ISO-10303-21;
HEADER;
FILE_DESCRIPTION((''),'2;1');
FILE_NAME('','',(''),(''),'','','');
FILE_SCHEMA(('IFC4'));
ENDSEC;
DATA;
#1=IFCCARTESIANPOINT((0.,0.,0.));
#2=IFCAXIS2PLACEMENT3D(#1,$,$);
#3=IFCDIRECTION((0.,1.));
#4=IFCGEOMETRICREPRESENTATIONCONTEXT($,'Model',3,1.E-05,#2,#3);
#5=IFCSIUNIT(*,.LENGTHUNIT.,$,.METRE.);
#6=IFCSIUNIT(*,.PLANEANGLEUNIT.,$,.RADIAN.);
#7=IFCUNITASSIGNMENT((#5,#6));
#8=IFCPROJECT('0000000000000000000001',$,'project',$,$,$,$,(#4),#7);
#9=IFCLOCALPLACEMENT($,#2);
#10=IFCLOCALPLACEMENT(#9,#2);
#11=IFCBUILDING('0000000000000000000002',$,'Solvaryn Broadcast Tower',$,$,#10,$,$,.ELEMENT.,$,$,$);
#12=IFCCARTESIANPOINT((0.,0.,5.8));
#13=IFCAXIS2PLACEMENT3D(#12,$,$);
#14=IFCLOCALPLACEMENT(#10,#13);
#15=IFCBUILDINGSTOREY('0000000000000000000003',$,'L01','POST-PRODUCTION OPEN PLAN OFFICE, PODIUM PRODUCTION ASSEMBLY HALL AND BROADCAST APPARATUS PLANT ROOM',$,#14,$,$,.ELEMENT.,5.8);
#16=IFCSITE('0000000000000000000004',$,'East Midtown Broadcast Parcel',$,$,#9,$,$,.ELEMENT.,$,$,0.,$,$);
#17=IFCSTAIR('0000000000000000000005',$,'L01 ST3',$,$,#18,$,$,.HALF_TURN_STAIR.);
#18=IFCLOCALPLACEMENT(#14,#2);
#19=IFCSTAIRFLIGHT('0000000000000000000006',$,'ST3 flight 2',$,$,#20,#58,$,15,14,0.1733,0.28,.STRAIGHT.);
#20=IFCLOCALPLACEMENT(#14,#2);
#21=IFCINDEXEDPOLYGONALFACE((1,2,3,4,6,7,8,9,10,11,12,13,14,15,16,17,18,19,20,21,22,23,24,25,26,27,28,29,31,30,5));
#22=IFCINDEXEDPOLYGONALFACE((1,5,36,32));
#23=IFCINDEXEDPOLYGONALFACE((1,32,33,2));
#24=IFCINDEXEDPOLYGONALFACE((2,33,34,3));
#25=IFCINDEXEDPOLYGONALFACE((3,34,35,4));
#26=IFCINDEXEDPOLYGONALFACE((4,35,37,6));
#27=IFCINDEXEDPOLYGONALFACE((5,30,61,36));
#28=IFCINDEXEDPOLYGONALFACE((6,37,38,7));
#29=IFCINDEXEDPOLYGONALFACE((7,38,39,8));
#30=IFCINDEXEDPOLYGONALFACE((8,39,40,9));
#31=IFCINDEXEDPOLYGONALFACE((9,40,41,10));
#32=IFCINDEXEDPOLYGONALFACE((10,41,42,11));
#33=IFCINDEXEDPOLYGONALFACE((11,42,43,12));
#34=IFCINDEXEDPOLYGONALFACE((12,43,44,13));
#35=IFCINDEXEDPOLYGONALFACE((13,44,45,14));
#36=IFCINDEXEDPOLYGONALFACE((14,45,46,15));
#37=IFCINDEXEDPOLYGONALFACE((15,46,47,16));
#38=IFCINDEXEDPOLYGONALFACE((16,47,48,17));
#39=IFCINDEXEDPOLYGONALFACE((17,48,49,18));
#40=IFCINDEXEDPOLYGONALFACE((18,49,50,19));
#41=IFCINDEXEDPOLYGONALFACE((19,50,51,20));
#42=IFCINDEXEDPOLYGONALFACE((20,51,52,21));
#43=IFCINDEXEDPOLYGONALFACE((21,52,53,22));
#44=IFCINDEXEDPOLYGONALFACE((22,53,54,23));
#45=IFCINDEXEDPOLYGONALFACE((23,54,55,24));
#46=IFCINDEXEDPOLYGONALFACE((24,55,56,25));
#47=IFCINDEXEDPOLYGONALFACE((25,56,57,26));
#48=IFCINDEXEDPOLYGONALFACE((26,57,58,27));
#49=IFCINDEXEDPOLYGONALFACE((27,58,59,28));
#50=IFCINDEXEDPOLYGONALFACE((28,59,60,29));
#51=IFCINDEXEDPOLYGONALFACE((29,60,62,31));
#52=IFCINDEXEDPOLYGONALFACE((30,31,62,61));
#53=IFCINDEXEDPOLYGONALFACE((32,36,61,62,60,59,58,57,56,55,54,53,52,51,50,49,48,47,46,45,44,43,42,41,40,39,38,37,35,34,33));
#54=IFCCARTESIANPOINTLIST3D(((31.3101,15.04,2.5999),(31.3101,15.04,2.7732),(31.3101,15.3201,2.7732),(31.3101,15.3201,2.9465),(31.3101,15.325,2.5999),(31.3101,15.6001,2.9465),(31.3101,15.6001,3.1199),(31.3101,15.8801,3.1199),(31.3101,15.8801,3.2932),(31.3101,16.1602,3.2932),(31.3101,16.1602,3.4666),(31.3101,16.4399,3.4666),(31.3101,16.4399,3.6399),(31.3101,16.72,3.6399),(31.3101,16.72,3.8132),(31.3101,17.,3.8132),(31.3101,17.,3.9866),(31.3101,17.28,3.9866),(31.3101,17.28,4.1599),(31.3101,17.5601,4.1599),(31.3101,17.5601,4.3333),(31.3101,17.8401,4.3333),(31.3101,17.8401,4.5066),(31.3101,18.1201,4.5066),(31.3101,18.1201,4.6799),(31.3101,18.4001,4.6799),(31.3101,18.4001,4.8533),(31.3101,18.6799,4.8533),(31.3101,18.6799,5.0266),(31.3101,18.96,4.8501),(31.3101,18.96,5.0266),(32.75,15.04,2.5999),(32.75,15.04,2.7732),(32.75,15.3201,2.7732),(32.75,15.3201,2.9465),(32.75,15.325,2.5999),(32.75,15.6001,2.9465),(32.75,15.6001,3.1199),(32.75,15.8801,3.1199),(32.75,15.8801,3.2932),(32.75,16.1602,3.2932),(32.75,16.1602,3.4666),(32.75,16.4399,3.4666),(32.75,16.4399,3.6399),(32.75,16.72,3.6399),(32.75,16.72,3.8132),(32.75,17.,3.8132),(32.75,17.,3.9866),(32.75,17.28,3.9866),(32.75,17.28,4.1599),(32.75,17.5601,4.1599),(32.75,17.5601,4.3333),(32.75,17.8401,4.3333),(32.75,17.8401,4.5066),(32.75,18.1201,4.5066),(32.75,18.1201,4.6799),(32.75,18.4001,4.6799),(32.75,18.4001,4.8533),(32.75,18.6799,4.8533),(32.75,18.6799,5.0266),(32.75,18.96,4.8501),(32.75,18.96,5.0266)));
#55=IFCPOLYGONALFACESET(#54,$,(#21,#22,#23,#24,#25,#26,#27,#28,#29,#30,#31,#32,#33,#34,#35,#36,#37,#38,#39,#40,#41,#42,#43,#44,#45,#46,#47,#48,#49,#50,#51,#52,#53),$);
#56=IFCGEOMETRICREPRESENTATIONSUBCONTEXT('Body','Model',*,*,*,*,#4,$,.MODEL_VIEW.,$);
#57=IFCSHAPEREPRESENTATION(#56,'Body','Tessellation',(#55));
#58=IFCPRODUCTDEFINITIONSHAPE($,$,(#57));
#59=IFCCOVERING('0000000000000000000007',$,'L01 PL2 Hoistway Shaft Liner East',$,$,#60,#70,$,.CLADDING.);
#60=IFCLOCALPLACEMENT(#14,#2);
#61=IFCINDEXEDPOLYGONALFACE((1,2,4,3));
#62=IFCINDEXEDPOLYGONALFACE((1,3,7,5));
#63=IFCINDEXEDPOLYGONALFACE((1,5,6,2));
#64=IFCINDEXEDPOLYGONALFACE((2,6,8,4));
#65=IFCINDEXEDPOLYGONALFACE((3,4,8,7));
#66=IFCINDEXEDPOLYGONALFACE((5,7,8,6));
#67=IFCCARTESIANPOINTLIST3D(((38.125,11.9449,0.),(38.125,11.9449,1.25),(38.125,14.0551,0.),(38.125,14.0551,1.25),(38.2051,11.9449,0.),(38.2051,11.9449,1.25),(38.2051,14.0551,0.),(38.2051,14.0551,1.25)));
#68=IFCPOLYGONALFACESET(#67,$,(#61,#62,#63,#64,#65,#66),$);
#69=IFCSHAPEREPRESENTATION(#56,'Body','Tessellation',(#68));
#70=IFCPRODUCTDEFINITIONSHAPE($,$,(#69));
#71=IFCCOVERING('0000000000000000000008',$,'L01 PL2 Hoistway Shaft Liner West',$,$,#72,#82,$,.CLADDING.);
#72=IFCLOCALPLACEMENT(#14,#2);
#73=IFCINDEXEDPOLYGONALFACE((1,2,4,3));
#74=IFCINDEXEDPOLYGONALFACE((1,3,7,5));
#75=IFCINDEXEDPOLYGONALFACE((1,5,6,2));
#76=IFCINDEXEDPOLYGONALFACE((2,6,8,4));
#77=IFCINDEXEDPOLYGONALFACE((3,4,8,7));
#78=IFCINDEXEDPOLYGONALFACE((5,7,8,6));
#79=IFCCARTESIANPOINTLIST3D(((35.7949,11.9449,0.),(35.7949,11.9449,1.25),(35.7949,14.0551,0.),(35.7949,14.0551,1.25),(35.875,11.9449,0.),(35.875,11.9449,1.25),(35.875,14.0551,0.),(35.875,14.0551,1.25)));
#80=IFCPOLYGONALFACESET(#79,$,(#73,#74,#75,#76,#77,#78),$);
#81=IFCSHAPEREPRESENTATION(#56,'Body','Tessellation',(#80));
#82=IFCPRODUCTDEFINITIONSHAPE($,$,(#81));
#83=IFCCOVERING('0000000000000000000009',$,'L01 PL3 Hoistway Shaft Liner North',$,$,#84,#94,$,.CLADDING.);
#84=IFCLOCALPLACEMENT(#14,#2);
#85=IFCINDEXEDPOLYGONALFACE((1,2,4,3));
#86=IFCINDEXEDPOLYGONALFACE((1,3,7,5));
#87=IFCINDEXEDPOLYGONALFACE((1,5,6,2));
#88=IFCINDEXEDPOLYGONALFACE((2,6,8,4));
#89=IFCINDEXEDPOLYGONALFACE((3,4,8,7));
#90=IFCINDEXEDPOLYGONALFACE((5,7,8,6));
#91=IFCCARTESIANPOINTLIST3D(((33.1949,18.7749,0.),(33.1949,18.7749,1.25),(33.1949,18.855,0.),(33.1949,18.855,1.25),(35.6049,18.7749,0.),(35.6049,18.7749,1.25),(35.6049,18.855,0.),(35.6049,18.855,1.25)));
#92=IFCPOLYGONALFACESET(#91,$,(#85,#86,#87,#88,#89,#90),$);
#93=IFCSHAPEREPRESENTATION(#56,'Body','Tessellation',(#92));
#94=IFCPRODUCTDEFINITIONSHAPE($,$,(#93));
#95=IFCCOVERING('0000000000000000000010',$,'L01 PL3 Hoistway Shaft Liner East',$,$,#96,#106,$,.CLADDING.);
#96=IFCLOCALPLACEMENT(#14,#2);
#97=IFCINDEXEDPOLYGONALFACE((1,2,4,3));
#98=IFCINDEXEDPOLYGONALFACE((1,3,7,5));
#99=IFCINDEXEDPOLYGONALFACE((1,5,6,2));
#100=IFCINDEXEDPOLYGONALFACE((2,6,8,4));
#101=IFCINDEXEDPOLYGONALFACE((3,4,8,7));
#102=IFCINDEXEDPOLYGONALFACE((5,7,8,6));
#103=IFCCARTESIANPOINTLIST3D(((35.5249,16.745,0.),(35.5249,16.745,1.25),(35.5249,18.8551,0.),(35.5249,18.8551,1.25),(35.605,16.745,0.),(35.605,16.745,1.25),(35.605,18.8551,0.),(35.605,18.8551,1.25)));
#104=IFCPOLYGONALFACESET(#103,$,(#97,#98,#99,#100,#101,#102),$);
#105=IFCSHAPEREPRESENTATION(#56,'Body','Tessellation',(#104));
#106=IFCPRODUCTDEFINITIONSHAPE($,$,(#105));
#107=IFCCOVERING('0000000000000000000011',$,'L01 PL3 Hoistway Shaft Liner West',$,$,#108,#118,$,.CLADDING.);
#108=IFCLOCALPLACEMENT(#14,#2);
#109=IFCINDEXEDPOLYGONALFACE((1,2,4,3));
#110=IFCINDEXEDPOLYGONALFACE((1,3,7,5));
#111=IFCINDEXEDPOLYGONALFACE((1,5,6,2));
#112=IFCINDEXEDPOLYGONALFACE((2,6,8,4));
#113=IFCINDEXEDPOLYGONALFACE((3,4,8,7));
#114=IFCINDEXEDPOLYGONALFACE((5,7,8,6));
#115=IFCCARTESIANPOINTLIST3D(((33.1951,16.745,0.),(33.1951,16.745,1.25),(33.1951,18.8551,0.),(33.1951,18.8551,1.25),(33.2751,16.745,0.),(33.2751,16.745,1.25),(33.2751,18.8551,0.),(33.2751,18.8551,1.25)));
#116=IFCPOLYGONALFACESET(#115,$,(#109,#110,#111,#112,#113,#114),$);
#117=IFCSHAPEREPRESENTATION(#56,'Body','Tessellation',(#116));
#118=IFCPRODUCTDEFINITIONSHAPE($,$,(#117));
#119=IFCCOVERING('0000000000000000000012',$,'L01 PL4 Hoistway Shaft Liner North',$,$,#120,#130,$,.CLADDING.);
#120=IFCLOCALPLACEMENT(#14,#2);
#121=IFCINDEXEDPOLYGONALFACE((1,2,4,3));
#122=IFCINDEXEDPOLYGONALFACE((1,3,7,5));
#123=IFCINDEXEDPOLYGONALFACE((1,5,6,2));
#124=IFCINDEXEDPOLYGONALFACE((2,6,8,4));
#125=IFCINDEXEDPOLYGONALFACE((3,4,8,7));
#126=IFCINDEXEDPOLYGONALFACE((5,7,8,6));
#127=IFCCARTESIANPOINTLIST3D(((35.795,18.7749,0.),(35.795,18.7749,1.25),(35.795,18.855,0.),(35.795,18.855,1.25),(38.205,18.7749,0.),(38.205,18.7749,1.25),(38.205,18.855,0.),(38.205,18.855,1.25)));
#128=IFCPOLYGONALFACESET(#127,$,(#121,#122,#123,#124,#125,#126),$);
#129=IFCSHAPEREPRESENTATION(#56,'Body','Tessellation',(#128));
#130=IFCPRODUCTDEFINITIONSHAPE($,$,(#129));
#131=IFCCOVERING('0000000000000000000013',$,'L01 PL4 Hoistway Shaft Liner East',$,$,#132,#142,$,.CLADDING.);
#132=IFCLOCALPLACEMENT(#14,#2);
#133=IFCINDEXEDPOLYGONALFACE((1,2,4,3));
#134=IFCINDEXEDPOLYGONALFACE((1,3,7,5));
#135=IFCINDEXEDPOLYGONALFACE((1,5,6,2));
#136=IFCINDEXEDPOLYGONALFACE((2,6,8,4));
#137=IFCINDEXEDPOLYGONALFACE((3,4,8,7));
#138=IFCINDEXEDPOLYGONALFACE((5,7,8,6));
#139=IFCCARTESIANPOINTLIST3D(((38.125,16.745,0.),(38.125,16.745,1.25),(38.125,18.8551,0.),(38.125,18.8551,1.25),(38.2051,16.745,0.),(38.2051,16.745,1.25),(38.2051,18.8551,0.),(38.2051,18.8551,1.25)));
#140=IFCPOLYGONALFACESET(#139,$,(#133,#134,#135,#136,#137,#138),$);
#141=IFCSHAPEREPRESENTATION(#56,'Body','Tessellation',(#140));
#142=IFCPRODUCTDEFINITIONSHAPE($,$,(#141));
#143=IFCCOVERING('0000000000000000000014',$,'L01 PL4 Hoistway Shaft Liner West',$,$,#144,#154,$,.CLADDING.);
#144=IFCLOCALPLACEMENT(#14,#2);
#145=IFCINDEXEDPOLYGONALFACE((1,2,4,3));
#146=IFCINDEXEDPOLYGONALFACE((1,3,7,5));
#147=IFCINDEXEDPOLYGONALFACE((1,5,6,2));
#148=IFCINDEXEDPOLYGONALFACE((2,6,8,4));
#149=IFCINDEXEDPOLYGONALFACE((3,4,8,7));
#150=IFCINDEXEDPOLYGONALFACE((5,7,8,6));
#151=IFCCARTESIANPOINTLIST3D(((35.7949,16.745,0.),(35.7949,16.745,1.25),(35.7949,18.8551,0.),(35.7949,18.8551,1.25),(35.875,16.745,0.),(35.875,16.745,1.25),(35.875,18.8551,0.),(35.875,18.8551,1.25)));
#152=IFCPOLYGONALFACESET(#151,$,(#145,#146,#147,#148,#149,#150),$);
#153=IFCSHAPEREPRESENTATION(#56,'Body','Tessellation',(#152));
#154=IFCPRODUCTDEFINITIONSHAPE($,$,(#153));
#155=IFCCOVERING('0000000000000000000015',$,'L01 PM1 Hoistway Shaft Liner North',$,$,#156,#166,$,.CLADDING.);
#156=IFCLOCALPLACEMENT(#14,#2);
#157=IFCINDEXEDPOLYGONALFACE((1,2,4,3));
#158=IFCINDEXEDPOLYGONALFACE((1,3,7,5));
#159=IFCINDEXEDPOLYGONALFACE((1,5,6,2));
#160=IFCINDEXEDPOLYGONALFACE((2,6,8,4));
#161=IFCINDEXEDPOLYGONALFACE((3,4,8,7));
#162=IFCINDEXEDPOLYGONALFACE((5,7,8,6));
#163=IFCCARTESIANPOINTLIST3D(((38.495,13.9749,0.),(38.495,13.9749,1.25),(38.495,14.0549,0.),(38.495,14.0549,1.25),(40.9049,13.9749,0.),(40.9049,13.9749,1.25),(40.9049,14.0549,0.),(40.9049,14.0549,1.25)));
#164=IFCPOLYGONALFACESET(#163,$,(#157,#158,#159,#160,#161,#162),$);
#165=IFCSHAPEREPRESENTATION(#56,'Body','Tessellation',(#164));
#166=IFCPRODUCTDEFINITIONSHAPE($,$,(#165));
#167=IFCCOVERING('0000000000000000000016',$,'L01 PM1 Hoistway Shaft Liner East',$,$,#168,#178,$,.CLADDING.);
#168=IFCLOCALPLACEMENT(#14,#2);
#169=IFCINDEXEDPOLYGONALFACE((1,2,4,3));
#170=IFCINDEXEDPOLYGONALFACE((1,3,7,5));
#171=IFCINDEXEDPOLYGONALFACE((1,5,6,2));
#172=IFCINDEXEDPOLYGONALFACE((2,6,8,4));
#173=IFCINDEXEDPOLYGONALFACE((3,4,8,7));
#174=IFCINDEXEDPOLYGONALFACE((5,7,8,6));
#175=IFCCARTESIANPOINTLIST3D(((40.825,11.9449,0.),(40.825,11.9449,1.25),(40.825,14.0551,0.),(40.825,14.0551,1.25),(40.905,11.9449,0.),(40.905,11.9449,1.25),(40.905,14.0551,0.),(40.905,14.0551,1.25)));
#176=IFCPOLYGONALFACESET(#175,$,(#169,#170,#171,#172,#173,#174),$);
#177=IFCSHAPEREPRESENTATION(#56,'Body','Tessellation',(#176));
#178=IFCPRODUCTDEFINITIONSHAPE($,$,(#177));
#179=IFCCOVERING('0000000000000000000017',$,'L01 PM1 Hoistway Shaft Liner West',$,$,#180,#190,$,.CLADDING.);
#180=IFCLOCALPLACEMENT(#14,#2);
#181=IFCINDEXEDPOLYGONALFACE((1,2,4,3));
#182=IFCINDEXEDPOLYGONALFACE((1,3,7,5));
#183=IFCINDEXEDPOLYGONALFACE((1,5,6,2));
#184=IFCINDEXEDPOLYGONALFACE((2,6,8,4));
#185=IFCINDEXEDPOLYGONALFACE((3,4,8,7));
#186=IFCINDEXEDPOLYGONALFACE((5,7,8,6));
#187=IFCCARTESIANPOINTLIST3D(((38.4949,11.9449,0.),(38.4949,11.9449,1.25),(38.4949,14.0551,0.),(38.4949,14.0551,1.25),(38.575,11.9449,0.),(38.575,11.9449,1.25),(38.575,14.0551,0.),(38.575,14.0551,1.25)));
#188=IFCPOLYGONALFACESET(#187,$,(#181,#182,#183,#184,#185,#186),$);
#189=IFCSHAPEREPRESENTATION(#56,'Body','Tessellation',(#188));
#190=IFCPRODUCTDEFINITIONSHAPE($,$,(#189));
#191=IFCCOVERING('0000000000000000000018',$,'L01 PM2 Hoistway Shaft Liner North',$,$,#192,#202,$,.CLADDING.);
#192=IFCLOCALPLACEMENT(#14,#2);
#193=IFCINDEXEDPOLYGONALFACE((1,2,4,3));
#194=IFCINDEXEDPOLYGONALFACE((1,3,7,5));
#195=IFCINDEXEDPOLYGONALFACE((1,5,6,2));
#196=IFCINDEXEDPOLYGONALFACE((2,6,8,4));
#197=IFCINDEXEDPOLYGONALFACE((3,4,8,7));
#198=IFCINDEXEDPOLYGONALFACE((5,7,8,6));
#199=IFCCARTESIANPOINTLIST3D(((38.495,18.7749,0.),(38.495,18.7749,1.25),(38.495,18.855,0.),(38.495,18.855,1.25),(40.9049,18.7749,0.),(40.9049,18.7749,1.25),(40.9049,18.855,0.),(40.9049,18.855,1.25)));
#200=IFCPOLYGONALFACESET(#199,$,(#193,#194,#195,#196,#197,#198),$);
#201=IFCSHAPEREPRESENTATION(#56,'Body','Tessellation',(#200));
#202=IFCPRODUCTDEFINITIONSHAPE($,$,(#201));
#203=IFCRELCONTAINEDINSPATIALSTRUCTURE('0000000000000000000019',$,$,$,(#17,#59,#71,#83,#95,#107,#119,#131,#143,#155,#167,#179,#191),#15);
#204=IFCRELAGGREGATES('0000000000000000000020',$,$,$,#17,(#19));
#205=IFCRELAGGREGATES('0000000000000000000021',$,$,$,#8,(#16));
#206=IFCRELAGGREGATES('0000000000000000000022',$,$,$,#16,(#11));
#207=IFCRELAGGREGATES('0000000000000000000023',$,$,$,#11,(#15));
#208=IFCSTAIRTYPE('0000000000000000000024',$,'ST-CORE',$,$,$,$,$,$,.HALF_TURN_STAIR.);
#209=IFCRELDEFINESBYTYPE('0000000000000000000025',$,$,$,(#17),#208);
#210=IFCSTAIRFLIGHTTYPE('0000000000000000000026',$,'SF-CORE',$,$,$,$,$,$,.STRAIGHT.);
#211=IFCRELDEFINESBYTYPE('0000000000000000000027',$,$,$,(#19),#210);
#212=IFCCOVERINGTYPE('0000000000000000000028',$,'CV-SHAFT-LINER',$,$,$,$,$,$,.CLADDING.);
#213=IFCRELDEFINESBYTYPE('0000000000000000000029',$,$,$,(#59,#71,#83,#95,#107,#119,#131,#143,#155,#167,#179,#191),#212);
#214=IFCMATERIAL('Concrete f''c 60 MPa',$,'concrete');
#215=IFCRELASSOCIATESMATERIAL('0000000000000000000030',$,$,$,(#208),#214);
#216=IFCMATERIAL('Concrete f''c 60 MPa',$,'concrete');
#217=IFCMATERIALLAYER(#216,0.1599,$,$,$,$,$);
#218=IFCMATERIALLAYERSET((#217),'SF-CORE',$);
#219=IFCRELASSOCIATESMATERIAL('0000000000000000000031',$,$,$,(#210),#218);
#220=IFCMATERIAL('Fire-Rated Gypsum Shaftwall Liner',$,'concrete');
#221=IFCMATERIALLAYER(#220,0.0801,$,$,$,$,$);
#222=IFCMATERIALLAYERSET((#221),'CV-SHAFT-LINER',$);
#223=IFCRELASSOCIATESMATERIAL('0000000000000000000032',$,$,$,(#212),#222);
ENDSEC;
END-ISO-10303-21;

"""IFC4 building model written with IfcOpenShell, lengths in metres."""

from ifc_helpers import new_model, si_unit, direction, frame, origin, origin_2d, place, context, subcontext, project, spatial, polyline, rectangle, outline, extrude, material, layer, layer_set, type_object, element, aggregate, save


model = new_model("IFC4")

# Units and contexts
model_context = context("Model", 3, precision=1e-05, world=origin(), true_north=direction((0.0, 1.0)))
body_context = subcontext(model_context, "Body", "Model", "MODEL_VIEW")
ifc_project = project(units=[si_unit("LENGTHUNIT", "METRE"), si_unit("PLANEANGLEUNIT", "RADIAN")], contexts=[model_context])

# Site, building, storey
site_placement = place(None, origin())
site = spatial("IfcSite", under=ifc_project, at=site_placement, Name="East Midtown Broadcast Parcel", CompositionType="ELEMENT", RefElevation=0.0)
building_placement = place(site_placement, origin())
building = spatial("IfcBuilding", under=site, at=building_placement, Name="Solvaryn Broadcast Tower", CompositionType="ELEMENT")
storey_placement = place(building_placement, frame((0.0, 0.0, 5.8)))
storey = spatial("IfcBuildingStorey", under=building, at=storey_placement, Name="L01", Description="POST-PRODUCTION OPEN PLAN OFFICE, PODIUM PRODUCTION ASSEMBLY HALL AND BROADCAST APPARATUS PLANT ROOM", CompositionType="ELEMENT", Elevation=5.8)

# Stair, stair flight
ifc_material_1 = material(Name="Concrete f'c 60 MPa", Category="concrete")
stair_type = type_object("IfcStairType", Name="ST-CORE", PredefinedType="HALF_TURN_STAIR", material=ifc_material_1)
stair_placement = place(storey_placement, origin())
stair = element("IfcStair", 1, at=stair_placement, inside=storey, type_object=stair_type, Name="L01 ST3", PredefinedType="HALF_TURN_STAIR")
ifc_material_2 = material(Name="Concrete f'c 60 MPa", Category="concrete")
ifc_layer_1 = layer(ifc_material_2, 0.1599)
ifc_layer_set_1 = layer_set([ifc_layer_1], Name="SF-CORE")
stair_flight_type = type_object("IfcStairFlightType", Name="SF-CORE", PredefinedType="STRAIGHT", material=ifc_layer_set_1)
stair_flight_1_placement = place(storey_placement, frame((32.03, 15.04, 2.5999), z_axis=(0.0, 0.0, 1.0), x_axis=(0.0, 1.0, 0.0)))
stair_flight_1 = element("IfcStairFlight", 2, at=stair_flight_1_placement, type_object=stair_flight_type, Name="ST3 flight 2", NumberOfRisers=15, NumberOfTreads=14, PredefinedType="STRAIGHT", RiserHeight=0.1733, TreadLength=0.28, context=body_context, shape_type="SweptSolid", body=[
    extrude(outline(polyline([(0.0, 0.0), (0.0, 0.1733), (0.28, 0.1733), (0.28, 0.3467), (0.5601, 0.3467), (0.5601, 0.52), (0.8401, 0.52), (0.8401, 0.6934), (1.1201, 0.6934), (1.1201, 0.8667), (1.3999, 0.8667), (1.3999, 1.04), (1.6799, 1.04), (1.6799, 1.2134), (1.96, 1.2134), (1.96, 1.3867), (2.24, 1.3867), (2.24, 1.5601), (2.52, 1.5601), (2.52, 1.7334), (2.8, 1.7334), (2.8, 1.9067), (3.0801, 1.9067), (3.0801, 2.0801), (3.3601, 2.0801), (3.3601, 2.2534), (3.6399, 2.2534), (3.6399, 2.4268), (3.9199, 2.4268), (3.9199, 2.6001), (3.9199, 2.2502), (0.2849, 0.0), (0.0, 0.0)])), frame((0.0, 0.72, 0.0), z_axis=(0.0, -1.0, 0.0), x_axis=(1.0, 0.0, 0.0)), (0.0, 0.0, 1.0), 1.4399),
])
aggregate(stair, [stair_flight_1])

# Coverings
ifc_material_3 = material(Name="Fire-Rated Gypsum Shaftwall Liner", Category="concrete")
ifc_layer_2 = layer(ifc_material_3, 0.0801)
ifc_layer_set_2 = layer_set([ifc_layer_2], Name="CV-SHAFT-LINER")
covering_type = type_object("IfcCoveringType", Name="CV-SHAFT-LINER", PredefinedType="CLADDING", material=ifc_layer_set_2)
for number, where, z_axis, x_axis, name in (
    (3, (38.165, 13.0, 0.0), (0.0, 0.0, 1.0), (1.0, 0.0, 0.0), "L01 PL2 Hoistway Shaft Liner East"),
    (4, (35.835, 13.0, 0.0), (0.0, 0.0, 1.0), (1.0, 0.0, 0.0), "L01 PL2 Hoistway Shaft Liner West"),
):
    element("IfcCovering", number, at=place(storey_placement, frame(where, z_axis=z_axis, x_axis=x_axis)), inside=storey, type_object=covering_type, Name=name, PredefinedType="CLADDING", context=body_context, shape_type="SweptSolid", body=[
        extrude(rectangle(XDim=0.0801, YDim=2.1101, at=origin_2d()), origin(), (0.0, 0.0, 1.0), 1.25),
    ])
covering_1_placement = place(storey_placement, frame((34.3999, 18.8149, 0.0), z_axis=(0.0, 0.0, 1.0), x_axis=(1.0, 0.0, 0.0)))
element("IfcCovering", 5, at=covering_1_placement, inside=storey, type_object=covering_type, Name="L01 PL3 Hoistway Shaft Liner North", PredefinedType="CLADDING", context=body_context, shape_type="SweptSolid", body=[
    extrude(rectangle(XDim=2.4099, YDim=0.0801, at=origin_2d()), origin(), (0.0, 0.0, 1.0), 1.25),
])
for number, where, z_axis, x_axis, name in (
    (6, (35.5649, 17.8, 0.0), (0.0, 0.0, 1.0), (1.0, 0.0, 0.0), "L01 PL3 Hoistway Shaft Liner East"),
    (7, (33.2351, 17.8, 0.0), (0.0, 0.0, 1.0), (1.0, 0.0, 0.0), "L01 PL3 Hoistway Shaft Liner West"),
):
    element("IfcCovering", number, at=place(storey_placement, frame(where, z_axis=z_axis, x_axis=x_axis)), inside=storey, type_object=covering_type, Name=name, PredefinedType="CLADDING", context=body_context, shape_type="SweptSolid", body=[
        extrude(rectangle(XDim=0.0801, YDim=2.1101, at=origin_2d()), origin(), (0.0, 0.0, 1.0), 1.25),
    ])
covering_2_placement = place(storey_placement, frame((37.0, 18.8149, 0.0), z_axis=(0.0, 0.0, 1.0), x_axis=(1.0, 0.0, 0.0)))
element("IfcCovering", 8, at=covering_2_placement, inside=storey, type_object=covering_type, Name="L01 PL4 Hoistway Shaft Liner North", PredefinedType="CLADDING", context=body_context, shape_type="SweptSolid", body=[
    extrude(rectangle(XDim=2.4099, YDim=0.0801, at=origin_2d()), origin(), (0.0, 0.0, 1.0), 1.25),
])
for number, where, z_axis, x_axis, name in (
    (9, (38.165, 17.8, 0.0), (0.0, 0.0, 1.0), (1.0, 0.0, 0.0), "L01 PL4 Hoistway Shaft Liner East"),
    (10, (35.835, 17.8, 0.0), (0.0, 0.0, 1.0), (1.0, 0.0, 0.0), "L01 PL4 Hoistway Shaft Liner West"),
):
    element("IfcCovering", number, at=place(storey_placement, frame(where, z_axis=z_axis, x_axis=x_axis)), inside=storey, type_object=covering_type, Name=name, PredefinedType="CLADDING", context=body_context, shape_type="SweptSolid", body=[
        extrude(rectangle(XDim=0.0801, YDim=2.1101, at=origin_2d()), origin(), (0.0, 0.0, 1.0), 1.25),
    ])
covering_3_placement = place(storey_placement, frame((39.7, 14.0149, 0.0), z_axis=(0.0, 0.0, 1.0), x_axis=(1.0, 0.0, 0.0)))
element("IfcCovering", 11, at=covering_3_placement, inside=storey, type_object=covering_type, Name="L01 PM1 Hoistway Shaft Liner North", PredefinedType="CLADDING", context=body_context, shape_type="SweptSolid", body=[
    extrude(rectangle(XDim=2.4099, YDim=0.0801, at=origin_2d()), origin(), (0.0, 0.0, 1.0), 1.25),
])
for number, where, z_axis, x_axis, name in (
    (12, (40.865, 13.0, 0.0), (0.0, 0.0, 1.0), (1.0, 0.0, 0.0), "L01 PM1 Hoistway Shaft Liner East"),
    (13, (38.5349, 13.0, 0.0), (0.0, 0.0, 1.0), (1.0, 0.0, 0.0), "L01 PM1 Hoistway Shaft Liner West"),
):
    element("IfcCovering", number, at=place(storey_placement, frame(where, z_axis=z_axis, x_axis=x_axis)), inside=storey, type_object=covering_type, Name=name, PredefinedType="CLADDING", context=body_context, shape_type="SweptSolid", body=[
        extrude(rectangle(XDim=0.0801, YDim=2.1101, at=origin_2d()), origin(), (0.0, 0.0, 1.0), 1.25),
    ])
for number, where, z_axis, x_axis, name in (
    (14, (39.7, 18.8149, 0.0), (0.0, 0.0, 1.0), (1.0, 0.0, 0.0), "L01 PM2 Hoistway Shaft Liner North"),
):
    element("IfcCovering", number, at=place(storey_placement, frame(where, z_axis=z_axis, x_axis=x_axis)), inside=storey, type_object=covering_type, Name=name, PredefinedType="CLADDING", context=body_context, shape_type="SweptSolid", body=[
        extrude(rectangle(XDim=2.4099, YDim=0.0801, at=origin_2d()), origin(), (0.0, 0.0, 1.0), 1.25),
    ])

save(model, "model.ifc")
